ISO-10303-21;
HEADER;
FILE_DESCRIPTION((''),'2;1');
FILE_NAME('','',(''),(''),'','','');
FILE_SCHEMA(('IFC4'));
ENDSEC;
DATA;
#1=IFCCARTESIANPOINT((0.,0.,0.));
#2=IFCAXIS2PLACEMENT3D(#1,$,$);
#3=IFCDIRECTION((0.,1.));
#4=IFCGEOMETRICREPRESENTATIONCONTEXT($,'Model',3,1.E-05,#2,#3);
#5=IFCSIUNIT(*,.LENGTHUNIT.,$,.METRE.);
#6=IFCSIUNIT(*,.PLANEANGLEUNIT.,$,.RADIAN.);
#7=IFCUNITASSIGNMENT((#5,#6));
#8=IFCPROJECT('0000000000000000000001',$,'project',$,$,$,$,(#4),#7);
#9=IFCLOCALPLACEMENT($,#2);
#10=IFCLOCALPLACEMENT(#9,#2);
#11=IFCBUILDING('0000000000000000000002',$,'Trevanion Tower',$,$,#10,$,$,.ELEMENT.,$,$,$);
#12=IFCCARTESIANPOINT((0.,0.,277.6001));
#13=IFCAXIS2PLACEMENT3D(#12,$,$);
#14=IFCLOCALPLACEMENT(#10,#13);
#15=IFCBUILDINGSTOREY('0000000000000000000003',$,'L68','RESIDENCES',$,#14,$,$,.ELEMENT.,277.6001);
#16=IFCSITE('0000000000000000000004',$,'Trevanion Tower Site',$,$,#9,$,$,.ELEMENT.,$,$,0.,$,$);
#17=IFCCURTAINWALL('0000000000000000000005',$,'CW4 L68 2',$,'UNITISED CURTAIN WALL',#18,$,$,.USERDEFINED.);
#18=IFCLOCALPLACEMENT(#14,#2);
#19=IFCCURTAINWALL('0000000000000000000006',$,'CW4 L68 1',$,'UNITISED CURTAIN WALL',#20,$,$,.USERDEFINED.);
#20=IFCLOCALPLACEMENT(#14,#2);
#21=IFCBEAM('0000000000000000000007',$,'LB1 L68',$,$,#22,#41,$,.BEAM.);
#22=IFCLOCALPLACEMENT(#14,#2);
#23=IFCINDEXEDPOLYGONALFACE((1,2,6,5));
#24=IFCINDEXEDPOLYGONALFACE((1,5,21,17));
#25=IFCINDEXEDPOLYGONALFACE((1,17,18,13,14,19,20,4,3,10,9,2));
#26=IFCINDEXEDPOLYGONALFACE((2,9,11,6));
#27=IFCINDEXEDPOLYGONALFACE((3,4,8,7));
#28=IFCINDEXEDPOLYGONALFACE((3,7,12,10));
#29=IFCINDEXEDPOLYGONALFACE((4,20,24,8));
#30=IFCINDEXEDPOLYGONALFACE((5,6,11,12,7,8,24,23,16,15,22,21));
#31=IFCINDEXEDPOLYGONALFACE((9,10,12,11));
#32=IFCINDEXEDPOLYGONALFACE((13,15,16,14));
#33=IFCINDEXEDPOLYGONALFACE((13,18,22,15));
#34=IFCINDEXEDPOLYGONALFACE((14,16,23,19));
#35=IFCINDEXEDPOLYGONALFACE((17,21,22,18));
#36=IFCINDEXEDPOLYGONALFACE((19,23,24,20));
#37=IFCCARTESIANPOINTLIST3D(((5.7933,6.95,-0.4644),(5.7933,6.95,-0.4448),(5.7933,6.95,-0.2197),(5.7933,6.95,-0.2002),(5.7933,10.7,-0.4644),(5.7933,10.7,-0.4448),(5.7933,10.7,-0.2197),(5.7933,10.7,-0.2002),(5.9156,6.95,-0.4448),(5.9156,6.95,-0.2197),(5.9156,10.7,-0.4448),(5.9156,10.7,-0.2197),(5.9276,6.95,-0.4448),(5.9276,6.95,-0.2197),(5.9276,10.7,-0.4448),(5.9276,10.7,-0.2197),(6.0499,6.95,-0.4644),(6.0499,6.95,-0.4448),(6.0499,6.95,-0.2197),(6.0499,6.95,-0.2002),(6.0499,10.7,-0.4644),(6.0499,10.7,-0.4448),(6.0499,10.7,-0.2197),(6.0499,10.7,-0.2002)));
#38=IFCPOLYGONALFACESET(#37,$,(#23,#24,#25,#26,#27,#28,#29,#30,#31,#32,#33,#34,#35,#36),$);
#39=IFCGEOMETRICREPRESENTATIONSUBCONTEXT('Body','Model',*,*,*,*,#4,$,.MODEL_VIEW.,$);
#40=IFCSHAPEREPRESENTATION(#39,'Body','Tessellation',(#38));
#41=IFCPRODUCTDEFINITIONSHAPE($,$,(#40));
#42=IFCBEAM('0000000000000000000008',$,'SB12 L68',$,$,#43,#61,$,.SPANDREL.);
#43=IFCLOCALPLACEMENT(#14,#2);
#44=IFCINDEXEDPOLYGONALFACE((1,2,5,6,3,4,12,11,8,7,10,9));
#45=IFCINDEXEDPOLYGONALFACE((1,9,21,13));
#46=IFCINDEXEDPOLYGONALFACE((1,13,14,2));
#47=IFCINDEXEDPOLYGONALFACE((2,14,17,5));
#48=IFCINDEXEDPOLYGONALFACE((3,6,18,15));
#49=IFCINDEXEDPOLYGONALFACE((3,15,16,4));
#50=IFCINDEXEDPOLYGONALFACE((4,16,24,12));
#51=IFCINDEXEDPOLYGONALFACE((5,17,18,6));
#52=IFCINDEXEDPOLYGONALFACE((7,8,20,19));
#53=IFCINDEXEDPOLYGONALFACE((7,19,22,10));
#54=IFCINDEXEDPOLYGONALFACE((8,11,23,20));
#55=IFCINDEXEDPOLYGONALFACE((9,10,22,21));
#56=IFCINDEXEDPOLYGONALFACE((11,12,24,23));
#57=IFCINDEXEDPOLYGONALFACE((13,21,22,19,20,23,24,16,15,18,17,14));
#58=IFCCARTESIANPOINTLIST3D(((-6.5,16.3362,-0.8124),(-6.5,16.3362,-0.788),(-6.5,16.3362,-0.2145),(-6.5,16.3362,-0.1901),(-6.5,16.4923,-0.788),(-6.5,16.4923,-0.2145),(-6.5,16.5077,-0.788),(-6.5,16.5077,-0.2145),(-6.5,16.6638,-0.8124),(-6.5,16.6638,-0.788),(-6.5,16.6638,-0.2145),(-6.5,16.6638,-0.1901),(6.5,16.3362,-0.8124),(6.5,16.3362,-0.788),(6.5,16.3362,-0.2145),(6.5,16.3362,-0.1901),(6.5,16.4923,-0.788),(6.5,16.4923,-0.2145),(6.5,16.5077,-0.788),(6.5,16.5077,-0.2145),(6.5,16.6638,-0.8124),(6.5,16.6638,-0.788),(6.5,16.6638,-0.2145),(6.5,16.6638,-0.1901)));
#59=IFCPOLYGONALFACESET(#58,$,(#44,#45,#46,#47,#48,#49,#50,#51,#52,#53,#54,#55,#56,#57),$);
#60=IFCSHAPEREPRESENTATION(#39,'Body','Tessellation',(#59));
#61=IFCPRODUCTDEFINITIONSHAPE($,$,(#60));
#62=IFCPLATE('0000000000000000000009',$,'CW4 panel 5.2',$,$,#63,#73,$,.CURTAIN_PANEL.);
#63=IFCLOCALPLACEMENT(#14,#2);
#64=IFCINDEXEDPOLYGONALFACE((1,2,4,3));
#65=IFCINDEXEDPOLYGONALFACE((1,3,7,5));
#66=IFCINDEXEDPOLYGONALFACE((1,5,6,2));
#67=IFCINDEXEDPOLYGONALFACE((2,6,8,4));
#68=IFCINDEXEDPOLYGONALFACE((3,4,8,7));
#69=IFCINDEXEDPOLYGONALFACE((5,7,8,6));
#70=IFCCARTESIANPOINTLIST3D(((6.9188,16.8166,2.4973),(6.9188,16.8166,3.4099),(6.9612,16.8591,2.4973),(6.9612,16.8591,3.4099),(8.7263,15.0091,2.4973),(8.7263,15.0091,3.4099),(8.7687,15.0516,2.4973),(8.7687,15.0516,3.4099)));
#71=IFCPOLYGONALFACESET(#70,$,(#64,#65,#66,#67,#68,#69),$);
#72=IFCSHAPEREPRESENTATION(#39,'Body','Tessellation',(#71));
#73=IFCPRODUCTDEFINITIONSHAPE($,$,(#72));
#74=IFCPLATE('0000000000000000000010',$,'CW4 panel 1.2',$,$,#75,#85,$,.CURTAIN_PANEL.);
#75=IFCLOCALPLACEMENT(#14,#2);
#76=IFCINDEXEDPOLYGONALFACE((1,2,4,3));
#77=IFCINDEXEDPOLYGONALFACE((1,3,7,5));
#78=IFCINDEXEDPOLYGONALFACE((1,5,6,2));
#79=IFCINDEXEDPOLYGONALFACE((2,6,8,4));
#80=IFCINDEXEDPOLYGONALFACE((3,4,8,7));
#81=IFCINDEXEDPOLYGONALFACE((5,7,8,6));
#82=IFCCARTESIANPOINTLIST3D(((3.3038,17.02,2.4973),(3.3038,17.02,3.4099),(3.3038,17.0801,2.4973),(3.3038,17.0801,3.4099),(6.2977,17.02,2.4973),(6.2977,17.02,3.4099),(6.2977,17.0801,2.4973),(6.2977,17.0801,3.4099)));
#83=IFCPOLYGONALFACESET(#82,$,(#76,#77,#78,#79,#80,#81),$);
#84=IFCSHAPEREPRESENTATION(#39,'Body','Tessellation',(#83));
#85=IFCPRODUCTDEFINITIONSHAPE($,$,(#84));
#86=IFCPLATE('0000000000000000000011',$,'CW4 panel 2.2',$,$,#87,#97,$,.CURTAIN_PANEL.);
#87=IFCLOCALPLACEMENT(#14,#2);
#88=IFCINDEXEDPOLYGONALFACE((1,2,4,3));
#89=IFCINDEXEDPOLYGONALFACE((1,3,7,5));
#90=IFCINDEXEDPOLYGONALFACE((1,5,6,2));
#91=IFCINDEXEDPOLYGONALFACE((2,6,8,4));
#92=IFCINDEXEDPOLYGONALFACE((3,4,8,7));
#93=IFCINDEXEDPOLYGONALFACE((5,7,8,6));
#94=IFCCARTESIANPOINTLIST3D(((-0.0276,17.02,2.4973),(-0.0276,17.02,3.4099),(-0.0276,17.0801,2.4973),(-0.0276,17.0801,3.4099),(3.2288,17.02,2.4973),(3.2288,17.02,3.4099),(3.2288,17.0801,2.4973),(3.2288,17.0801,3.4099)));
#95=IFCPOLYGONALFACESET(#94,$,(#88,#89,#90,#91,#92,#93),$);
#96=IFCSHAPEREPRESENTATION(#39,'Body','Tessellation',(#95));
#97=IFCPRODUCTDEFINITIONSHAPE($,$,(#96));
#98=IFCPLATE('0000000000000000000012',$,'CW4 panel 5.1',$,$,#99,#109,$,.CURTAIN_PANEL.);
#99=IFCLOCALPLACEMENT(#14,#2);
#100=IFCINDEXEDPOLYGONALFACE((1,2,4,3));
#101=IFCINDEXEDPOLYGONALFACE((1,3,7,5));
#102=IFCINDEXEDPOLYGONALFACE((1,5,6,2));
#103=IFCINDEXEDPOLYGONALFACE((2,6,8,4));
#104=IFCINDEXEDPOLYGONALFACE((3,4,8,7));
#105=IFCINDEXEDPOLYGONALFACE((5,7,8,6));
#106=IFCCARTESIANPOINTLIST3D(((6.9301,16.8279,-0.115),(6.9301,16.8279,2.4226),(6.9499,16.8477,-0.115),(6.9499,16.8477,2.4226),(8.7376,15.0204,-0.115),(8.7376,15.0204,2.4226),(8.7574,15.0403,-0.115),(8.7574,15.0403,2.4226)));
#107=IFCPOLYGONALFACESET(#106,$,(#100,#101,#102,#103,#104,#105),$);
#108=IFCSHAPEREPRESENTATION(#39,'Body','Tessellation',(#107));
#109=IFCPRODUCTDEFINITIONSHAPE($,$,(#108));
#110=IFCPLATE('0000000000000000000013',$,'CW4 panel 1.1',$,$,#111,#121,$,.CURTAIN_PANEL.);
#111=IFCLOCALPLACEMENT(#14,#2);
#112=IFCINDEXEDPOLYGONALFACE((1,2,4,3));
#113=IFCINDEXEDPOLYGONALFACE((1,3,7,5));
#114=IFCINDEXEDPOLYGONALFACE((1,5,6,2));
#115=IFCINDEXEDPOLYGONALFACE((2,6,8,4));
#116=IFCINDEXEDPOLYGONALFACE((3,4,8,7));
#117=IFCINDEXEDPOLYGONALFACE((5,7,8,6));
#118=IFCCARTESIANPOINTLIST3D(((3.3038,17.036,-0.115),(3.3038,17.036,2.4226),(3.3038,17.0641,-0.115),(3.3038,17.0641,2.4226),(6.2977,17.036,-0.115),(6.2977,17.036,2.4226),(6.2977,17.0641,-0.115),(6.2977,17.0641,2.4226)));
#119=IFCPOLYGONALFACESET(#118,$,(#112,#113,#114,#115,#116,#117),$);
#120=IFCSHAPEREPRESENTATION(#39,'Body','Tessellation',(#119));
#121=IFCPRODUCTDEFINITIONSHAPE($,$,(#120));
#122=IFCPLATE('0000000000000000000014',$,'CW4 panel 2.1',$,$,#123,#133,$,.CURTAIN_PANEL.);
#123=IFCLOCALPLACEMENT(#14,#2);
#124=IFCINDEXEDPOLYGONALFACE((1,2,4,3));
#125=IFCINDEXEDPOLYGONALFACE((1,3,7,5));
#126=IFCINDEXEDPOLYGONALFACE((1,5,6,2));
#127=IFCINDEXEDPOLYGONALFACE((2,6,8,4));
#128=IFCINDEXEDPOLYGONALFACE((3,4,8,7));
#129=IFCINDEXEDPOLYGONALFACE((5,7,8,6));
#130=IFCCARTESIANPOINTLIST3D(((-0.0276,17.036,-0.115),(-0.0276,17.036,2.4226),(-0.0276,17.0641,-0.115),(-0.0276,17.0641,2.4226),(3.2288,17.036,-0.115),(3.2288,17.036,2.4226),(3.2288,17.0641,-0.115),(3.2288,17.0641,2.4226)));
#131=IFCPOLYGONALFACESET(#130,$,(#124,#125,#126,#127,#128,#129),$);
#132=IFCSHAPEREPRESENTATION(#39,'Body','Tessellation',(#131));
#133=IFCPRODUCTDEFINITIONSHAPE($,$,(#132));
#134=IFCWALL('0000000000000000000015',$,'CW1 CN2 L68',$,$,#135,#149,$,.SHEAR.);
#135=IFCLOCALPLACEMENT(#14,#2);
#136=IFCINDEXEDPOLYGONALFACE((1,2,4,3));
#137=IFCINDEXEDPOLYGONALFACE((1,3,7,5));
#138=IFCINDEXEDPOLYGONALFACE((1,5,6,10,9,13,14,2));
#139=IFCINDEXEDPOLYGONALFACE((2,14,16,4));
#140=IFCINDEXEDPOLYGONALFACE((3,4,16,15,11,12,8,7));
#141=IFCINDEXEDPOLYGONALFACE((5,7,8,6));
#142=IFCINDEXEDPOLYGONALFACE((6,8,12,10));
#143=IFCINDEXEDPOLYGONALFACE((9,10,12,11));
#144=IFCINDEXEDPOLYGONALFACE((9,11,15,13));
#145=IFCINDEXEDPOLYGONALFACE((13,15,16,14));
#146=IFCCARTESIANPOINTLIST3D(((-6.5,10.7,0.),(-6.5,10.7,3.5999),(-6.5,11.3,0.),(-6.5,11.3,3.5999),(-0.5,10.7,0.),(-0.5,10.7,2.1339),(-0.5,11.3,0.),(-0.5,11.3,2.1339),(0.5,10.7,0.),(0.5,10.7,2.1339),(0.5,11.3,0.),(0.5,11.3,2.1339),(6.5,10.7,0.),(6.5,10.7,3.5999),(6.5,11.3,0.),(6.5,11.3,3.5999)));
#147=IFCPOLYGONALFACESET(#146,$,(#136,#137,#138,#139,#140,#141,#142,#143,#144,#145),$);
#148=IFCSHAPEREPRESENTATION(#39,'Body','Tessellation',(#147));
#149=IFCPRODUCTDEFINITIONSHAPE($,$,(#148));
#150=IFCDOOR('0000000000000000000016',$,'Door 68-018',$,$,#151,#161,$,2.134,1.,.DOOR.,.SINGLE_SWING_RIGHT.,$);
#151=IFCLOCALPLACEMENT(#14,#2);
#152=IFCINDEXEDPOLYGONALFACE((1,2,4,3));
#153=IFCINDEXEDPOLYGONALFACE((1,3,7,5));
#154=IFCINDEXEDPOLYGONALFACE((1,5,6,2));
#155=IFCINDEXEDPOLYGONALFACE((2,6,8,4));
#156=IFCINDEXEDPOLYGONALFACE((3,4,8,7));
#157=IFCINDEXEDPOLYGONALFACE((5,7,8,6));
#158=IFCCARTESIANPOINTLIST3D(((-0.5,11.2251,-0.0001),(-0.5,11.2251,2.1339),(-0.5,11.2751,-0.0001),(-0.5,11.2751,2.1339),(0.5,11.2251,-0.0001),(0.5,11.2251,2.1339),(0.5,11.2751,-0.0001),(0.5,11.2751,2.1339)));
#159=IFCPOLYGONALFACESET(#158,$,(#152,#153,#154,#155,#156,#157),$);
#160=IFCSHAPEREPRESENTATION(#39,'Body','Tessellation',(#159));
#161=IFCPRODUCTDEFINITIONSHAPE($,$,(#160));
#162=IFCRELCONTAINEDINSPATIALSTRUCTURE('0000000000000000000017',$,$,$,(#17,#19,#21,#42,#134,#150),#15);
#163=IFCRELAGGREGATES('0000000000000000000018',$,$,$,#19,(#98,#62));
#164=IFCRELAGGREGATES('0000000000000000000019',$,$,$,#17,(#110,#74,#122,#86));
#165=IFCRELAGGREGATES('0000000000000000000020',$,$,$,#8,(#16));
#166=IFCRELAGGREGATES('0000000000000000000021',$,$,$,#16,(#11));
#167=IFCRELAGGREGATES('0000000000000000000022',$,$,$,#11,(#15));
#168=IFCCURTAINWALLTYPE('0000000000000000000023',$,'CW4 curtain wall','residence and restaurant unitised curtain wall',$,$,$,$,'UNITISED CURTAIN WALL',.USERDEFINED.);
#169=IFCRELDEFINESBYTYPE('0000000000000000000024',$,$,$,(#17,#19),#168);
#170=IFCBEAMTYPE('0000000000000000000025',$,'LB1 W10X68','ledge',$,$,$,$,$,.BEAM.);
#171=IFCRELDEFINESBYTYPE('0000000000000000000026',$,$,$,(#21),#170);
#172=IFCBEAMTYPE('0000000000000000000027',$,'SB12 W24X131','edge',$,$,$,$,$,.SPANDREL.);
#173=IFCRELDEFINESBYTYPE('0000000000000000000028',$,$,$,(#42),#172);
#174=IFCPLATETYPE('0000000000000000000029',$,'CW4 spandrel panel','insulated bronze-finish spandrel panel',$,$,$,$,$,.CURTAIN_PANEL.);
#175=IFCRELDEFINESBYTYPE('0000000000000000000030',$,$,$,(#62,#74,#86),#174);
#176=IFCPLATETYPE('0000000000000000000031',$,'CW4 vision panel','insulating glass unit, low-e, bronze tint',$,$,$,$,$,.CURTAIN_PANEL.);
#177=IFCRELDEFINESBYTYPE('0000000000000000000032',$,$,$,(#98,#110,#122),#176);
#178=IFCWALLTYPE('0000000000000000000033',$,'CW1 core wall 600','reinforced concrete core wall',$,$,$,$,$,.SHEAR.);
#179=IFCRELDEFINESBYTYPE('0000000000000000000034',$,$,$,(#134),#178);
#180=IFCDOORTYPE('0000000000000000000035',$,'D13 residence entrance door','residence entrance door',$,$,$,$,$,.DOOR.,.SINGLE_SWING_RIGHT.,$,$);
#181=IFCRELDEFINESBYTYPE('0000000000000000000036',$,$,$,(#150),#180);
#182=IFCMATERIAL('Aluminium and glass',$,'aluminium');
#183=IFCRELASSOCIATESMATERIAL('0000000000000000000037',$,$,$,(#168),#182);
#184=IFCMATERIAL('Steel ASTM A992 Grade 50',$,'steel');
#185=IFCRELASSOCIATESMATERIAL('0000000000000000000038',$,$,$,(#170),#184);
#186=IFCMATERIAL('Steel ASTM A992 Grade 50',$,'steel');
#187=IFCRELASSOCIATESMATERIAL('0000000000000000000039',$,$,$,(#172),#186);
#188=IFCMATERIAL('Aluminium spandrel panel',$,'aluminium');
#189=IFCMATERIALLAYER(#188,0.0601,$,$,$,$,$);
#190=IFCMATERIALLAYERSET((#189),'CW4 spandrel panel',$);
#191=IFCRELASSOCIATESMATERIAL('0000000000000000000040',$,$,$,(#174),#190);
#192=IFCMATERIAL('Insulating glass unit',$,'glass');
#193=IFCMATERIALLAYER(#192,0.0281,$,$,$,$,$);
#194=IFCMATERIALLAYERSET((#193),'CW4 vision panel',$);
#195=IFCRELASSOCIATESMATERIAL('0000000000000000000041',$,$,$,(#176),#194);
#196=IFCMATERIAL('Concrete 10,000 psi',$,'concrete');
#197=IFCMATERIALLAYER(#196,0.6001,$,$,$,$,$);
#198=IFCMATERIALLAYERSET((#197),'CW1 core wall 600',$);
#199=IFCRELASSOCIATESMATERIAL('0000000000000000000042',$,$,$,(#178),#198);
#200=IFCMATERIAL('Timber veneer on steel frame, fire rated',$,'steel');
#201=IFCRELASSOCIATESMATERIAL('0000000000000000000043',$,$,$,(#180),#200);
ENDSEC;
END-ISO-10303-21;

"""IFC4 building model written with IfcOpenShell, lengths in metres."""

from ifc_helpers import new_model, si_unit, direction, frame, frame_2d, origin, origin_2d, place, context, subcontext, project, spatial, rectangle, i_section, extrude, material, layer, layer_set, material_profile, profile_set, type_object, element, fill, aggregate, save


model = new_model("IFC4")

# Units and contexts
model_context = context("Model", 3, precision=1e-05, world=origin(), true_north=direction((0.0, 1.0)))
body_context = subcontext(model_context, "Body", "Model", "MODEL_VIEW")
ifc_project = project(units=[si_unit("LENGTHUNIT", "METRE"), si_unit("PLANEANGLEUNIT", "RADIAN")], contexts=[model_context])

# Site, building, storey
site_placement = place(None, origin())
site = spatial("IfcSite", under=ifc_project, at=site_placement, Name="Trevanion Tower Site", CompositionType="ELEMENT", RefElevation=0.0)
building_placement = place(site_placement, origin())
building = spatial("IfcBuilding", under=site, at=building_placement, Name="Trevanion Tower", CompositionType="ELEMENT")
storey_placement = place(building_placement, frame((0.0, 0.0, 277.6001)))
storey = spatial("IfcBuildingStorey", under=building, at=storey_placement, Name="L68", Description="RESIDENCES", CompositionType="ELEMENT", Elevation=277.6001)

# Curtain walls
ifc_material_1 = material(Name="Aluminium and glass", Category="aluminium")
curtain_wall_type = type_object("IfcCurtainWallType", Name="CW4 curtain wall", Description="residence and restaurant unitised curtain wall", ElementType="UNITISED CURTAIN WALL", PredefinedType="USERDEFINED", material=ifc_material_1)
curtain_wall_1_placement = place(storey_placement, origin())
curtain_wall_1 = element("IfcCurtainWall", 1, at=curtain_wall_1_placement, inside=storey, type_object=curtain_wall_type, Name="CW4 L68 2", ObjectType="UNITISED CURTAIN WALL", PredefinedType="USERDEFINED")
curtain_wall_2_placement = place(storey_placement, origin())
curtain_wall_2 = element("IfcCurtainWall", 2, at=curtain_wall_2_placement, inside=storey, type_object=curtain_wall_type, Name="CW4 L68 1", ObjectType="UNITISED CURTAIN WALL", PredefinedType="USERDEFINED")

# Beams
ifc_material_2 = material(Name="Steel ASTM A992 Grade 50", Category="steel")
ifc_material_profile_1 = material_profile(ifc_material_2, i_section(OverallWidth=0.2566, OverallDepth=0.2642, WebThickness=0.012, FlangeThickness=0.0195, at=origin_2d()), Name="W10X68")
ifc_profile_set_1 = profile_set([ifc_material_profile_1], Name="Steel ASTM A992 Grade 50")
beam_type_1 = type_object("IfcBeamType", Name="LB1 W10X68", Description="ledge", PredefinedType="BEAM", material=ifc_profile_set_1)
beam_1_placement = place(storey_placement, frame((5.9216, 6.95, -0.3323), z_axis=(0.0, 1.0, 0.0), x_axis=(-1.0, 0.0, 0.0)))
element("IfcBeam", 3, at=beam_1_placement, inside=storey, type_object=beam_type_1, Name="LB1 L68", PredefinedType="BEAM", context=body_context, shape_type="SweptSolid", body=[
    extrude(i_section(OverallWidth=0.2566, OverallDepth=0.2642, WebThickness=0.012, FlangeThickness=0.0195, at=origin_2d()), origin(), (0.0, 0.0, 1.0), 3.75),
])
ifc_material_3 = material(Name="Steel ASTM A992 Grade 50", Category="steel")
ifc_material_profile_2 = material_profile(ifc_material_3, i_section(OverallWidth=0.3276, OverallDepth=0.6223, WebThickness=0.0154, FlangeThickness=0.0244, at=origin_2d()), Name="W24X131")
ifc_profile_set_2 = profile_set([ifc_material_profile_2], Name="Steel ASTM A992 Grade 50")
beam_type_2 = type_object("IfcBeamType", Name="SB12 W24X131", Description="edge", PredefinedType="SPANDREL", material=ifc_profile_set_2)
beam_2_placement = place(storey_placement, frame((6.5, 16.5, -0.5012), z_axis=(-1.0, 0.0, 0.0), x_axis=(0.0, -1.0, 0.0)))
element("IfcBeam", 4, at=beam_2_placement, inside=storey, type_object=beam_type_2, Name="SB12 L68", PredefinedType="SPANDREL", context=body_context, shape_type="SweptSolid", body=[
    extrude(i_section(OverallWidth=0.3276, OverallDepth=0.6223, WebThickness=0.0154, FlangeThickness=0.0244, at=origin_2d()), origin(), (0.0, 0.0, 1.0), 13.0),
])

# Plates
ifc_material_4 = material(Name="Aluminium spandrel panel", Category="aluminium")
ifc_layer_1 = layer(ifc_material_4, 0.0601)
ifc_layer_set_1 = layer_set([ifc_layer_1], Name="CW4 spandrel panel")
plate_type_1 = type_object("IfcPlateType", Name="CW4 spandrel panel", Description="insulated bronze-finish spandrel panel", PredefinedType="CURTAIN_PANEL", material=ifc_layer_set_1)
plate_1_placement = place(storey_placement, frame((7.8438, 15.9341, 2.4973), z_axis=(0.0, 0.0, 1.0), x_axis=(-0.707107, 0.707107, 0.0)))
plate_1 = element("IfcPlate", 5, at=plate_1_placement, type_object=plate_type_1, Name="CW4 panel 5.2", PredefinedType="CURTAIN_PANEL", context=body_context, shape_type="SweptSolid", body=[
    extrude(rectangle(XDim=2.5562, YDim=0.0601, at=origin_2d()), origin(), (0.0, 0.0, 1.0), 0.9126),
])
plate_2_placement = place(storey_placement, frame((4.8008, 17.05, 2.4973), z_axis=(0.0, 0.0, 1.0), x_axis=(-1.0, 0.0, 0.0)))
plate_2 = element("IfcPlate", 6, at=plate_2_placement, type_object=plate_type_1, Name="CW4 panel 1.2", PredefinedType="CURTAIN_PANEL", context=body_context, shape_type="SweptSolid", body=[
    extrude(rectangle(XDim=2.9939, YDim=0.0601, at=origin_2d()), origin(), (0.0, 0.0, 1.0), 0.9126),
])
plate_3_placement = place(storey_placement, frame((1.6006, 17.05, 2.4973), z_axis=(0.0, 0.0, 1.0), x_axis=(-1.0, 0.0, 0.0)))
plate_3 = element("IfcPlate", 7, at=plate_3_placement, type_object=plate_type_1, Name="CW4 panel 2.2", PredefinedType="CURTAIN_PANEL", context=body_context, shape_type="SweptSolid", body=[
    extrude(rectangle(XDim=3.2563, YDim=0.0601, at=origin_2d()), origin(), (0.0, 0.0, 1.0), 0.9126),
])
ifc_material_5 = material(Name="Insulating glass unit", Category="glass")
ifc_layer_2 = layer(ifc_material_5, 0.0281)
ifc_layer_set_2 = layer_set([ifc_layer_2], Name="CW4 vision panel")
plate_type_2 = type_object("IfcPlateType", Name="CW4 vision panel", Description="insulating glass unit, low-e, bronze tint", PredefinedType="CURTAIN_PANEL", material=ifc_layer_set_2)
plate_4_placement = place(storey_placement, frame((7.8438, 15.9341, -0.115), z_axis=(0.0, 0.0, 1.0), x_axis=(-0.707107, 0.707107, 0.0)))
plate_4 = element("IfcPlate", 8, at=plate_4_placement, type_object=plate_type_2, Name="CW4 panel 5.1", PredefinedType="CURTAIN_PANEL", context=body_context, shape_type="SweptSolid", body=[
    extrude(rectangle(XDim=2.5562, YDim=0.0281, at=origin_2d()), origin(), (0.0, 0.0, 1.0), 2.5376),
])
aggregate(curtain_wall_2, [plate_4, plate_1])
plate_5_placement = place(storey_placement, frame((4.8008, 17.05, -0.115), z_axis=(0.0, 0.0, 1.0), x_axis=(-1.0, 0.0, 0.0)))
plate_5 = element("IfcPlate", 9, at=plate_5_placement, type_object=plate_type_2, Name="CW4 panel 1.1", PredefinedType="CURTAIN_PANEL", context=body_context, shape_type="SweptSolid", body=[
    extrude(rectangle(XDim=2.9939, YDim=0.0281, at=origin_2d()), origin(), (0.0, 0.0, 1.0), 2.5376),
])
plate_6_placement = place(storey_placement, frame((1.6006, 17.05, -0.115), z_axis=(0.0, 0.0, 1.0), x_axis=(-1.0, 0.0, 0.0)))
plate_6 = element("IfcPlate", 10, at=plate_6_placement, type_object=plate_type_2, Name="CW4 panel 2.1", PredefinedType="CURTAIN_PANEL", context=body_context, shape_type="SweptSolid", body=[
    extrude(rectangle(XDim=3.2563, YDim=0.0281, at=origin_2d()), origin(), (0.0, 0.0, 1.0), 2.5376),
])
aggregate(curtain_wall_1, [plate_5, plate_2, plate_6, plate_3])

# Wall, opening, door
ifc_material_6 = material(Name="Concrete 10,000 psi", Category="concrete")
ifc_layer_3 = layer(ifc_material_6, 0.6001)
ifc_layer_set_3 = layer_set([ifc_layer_3], Name="CW1 core wall 600")
wall_type_1 = type_object("IfcWallType", Name="CW1 core wall 600", Description="reinforced concrete core wall", PredefinedType="SHEAR", material=ifc_layer_set_3)
wall_1_placement = place(storey_placement, frame((6.5, 11.0, 0.0), z_axis=(0.0, 0.0, 1.0), x_axis=(-1.0, 0.0, 0.0)))
wall_1 = element("IfcWall", 11, at=wall_1_placement, inside=storey, type_object=wall_type_1, Name="CW1 CN2 L68", PredefinedType="SHEAR", context=body_context, shape_type="SweptSolid", body=[
    extrude(rectangle(XDim=13.0, YDim=0.6001, at=frame_2d((6.5, 0.0))), origin(), (0.0, 0.0, 1.0), 3.5999),
])
opening_1_placement = place(wall_1_placement, frame((6.0, 0.0, 0.0)))
opening_1 = element("IfcOpeningElement", 12, at=opening_1_placement, cuts=wall_1, PredefinedType="OPENING", context=body_context, shape_type="SweptSolid", body=[
    extrude(rectangle(XDim=1.0, YDim=2.134, at=frame_2d((0.5, 1.0669))), frame((0.0, 0.3101, 0.0), z_axis=(0.0, -1.0, 0.0), x_axis=(1.0, 0.0, 0.0)), (0.0, 0.0, 1.0), 0.6201),
])
ifc_material_7 = material(Name="Timber veneer on steel frame, fire rated", Category="steel")
door_type_1 = type_object("IfcDoorType", Name="D13 residence entrance door", Description="residence entrance door", OperationType="SINGLE_SWING_RIGHT", PredefinedType="DOOR", material=ifc_material_7)
door_1_placement = place(opening_1_placement, origin())
door_1 = element("IfcDoor", 13, at=door_1_placement, inside=storey, type_object=door_type_1, Name="Door 68-018", OperationType="SINGLE_SWING_RIGHT", OverallHeight=2.134, OverallWidth=1.0, PredefinedType="DOOR", context=body_context, shape_type="SweptSolid", body=[
    extrude(rectangle(XDim=1.0, YDim=2.134, at=frame_2d((0.5, 1.0669))), frame((0.0, -0.2251, 0.0), z_axis=(0.0, -1.0, 0.0), x_axis=(1.0, 0.0, 0.0)), (0.0, 0.0, 1.0), 0.05),
])
fill(opening_1, door_1)

save(model, "model.ifc")
